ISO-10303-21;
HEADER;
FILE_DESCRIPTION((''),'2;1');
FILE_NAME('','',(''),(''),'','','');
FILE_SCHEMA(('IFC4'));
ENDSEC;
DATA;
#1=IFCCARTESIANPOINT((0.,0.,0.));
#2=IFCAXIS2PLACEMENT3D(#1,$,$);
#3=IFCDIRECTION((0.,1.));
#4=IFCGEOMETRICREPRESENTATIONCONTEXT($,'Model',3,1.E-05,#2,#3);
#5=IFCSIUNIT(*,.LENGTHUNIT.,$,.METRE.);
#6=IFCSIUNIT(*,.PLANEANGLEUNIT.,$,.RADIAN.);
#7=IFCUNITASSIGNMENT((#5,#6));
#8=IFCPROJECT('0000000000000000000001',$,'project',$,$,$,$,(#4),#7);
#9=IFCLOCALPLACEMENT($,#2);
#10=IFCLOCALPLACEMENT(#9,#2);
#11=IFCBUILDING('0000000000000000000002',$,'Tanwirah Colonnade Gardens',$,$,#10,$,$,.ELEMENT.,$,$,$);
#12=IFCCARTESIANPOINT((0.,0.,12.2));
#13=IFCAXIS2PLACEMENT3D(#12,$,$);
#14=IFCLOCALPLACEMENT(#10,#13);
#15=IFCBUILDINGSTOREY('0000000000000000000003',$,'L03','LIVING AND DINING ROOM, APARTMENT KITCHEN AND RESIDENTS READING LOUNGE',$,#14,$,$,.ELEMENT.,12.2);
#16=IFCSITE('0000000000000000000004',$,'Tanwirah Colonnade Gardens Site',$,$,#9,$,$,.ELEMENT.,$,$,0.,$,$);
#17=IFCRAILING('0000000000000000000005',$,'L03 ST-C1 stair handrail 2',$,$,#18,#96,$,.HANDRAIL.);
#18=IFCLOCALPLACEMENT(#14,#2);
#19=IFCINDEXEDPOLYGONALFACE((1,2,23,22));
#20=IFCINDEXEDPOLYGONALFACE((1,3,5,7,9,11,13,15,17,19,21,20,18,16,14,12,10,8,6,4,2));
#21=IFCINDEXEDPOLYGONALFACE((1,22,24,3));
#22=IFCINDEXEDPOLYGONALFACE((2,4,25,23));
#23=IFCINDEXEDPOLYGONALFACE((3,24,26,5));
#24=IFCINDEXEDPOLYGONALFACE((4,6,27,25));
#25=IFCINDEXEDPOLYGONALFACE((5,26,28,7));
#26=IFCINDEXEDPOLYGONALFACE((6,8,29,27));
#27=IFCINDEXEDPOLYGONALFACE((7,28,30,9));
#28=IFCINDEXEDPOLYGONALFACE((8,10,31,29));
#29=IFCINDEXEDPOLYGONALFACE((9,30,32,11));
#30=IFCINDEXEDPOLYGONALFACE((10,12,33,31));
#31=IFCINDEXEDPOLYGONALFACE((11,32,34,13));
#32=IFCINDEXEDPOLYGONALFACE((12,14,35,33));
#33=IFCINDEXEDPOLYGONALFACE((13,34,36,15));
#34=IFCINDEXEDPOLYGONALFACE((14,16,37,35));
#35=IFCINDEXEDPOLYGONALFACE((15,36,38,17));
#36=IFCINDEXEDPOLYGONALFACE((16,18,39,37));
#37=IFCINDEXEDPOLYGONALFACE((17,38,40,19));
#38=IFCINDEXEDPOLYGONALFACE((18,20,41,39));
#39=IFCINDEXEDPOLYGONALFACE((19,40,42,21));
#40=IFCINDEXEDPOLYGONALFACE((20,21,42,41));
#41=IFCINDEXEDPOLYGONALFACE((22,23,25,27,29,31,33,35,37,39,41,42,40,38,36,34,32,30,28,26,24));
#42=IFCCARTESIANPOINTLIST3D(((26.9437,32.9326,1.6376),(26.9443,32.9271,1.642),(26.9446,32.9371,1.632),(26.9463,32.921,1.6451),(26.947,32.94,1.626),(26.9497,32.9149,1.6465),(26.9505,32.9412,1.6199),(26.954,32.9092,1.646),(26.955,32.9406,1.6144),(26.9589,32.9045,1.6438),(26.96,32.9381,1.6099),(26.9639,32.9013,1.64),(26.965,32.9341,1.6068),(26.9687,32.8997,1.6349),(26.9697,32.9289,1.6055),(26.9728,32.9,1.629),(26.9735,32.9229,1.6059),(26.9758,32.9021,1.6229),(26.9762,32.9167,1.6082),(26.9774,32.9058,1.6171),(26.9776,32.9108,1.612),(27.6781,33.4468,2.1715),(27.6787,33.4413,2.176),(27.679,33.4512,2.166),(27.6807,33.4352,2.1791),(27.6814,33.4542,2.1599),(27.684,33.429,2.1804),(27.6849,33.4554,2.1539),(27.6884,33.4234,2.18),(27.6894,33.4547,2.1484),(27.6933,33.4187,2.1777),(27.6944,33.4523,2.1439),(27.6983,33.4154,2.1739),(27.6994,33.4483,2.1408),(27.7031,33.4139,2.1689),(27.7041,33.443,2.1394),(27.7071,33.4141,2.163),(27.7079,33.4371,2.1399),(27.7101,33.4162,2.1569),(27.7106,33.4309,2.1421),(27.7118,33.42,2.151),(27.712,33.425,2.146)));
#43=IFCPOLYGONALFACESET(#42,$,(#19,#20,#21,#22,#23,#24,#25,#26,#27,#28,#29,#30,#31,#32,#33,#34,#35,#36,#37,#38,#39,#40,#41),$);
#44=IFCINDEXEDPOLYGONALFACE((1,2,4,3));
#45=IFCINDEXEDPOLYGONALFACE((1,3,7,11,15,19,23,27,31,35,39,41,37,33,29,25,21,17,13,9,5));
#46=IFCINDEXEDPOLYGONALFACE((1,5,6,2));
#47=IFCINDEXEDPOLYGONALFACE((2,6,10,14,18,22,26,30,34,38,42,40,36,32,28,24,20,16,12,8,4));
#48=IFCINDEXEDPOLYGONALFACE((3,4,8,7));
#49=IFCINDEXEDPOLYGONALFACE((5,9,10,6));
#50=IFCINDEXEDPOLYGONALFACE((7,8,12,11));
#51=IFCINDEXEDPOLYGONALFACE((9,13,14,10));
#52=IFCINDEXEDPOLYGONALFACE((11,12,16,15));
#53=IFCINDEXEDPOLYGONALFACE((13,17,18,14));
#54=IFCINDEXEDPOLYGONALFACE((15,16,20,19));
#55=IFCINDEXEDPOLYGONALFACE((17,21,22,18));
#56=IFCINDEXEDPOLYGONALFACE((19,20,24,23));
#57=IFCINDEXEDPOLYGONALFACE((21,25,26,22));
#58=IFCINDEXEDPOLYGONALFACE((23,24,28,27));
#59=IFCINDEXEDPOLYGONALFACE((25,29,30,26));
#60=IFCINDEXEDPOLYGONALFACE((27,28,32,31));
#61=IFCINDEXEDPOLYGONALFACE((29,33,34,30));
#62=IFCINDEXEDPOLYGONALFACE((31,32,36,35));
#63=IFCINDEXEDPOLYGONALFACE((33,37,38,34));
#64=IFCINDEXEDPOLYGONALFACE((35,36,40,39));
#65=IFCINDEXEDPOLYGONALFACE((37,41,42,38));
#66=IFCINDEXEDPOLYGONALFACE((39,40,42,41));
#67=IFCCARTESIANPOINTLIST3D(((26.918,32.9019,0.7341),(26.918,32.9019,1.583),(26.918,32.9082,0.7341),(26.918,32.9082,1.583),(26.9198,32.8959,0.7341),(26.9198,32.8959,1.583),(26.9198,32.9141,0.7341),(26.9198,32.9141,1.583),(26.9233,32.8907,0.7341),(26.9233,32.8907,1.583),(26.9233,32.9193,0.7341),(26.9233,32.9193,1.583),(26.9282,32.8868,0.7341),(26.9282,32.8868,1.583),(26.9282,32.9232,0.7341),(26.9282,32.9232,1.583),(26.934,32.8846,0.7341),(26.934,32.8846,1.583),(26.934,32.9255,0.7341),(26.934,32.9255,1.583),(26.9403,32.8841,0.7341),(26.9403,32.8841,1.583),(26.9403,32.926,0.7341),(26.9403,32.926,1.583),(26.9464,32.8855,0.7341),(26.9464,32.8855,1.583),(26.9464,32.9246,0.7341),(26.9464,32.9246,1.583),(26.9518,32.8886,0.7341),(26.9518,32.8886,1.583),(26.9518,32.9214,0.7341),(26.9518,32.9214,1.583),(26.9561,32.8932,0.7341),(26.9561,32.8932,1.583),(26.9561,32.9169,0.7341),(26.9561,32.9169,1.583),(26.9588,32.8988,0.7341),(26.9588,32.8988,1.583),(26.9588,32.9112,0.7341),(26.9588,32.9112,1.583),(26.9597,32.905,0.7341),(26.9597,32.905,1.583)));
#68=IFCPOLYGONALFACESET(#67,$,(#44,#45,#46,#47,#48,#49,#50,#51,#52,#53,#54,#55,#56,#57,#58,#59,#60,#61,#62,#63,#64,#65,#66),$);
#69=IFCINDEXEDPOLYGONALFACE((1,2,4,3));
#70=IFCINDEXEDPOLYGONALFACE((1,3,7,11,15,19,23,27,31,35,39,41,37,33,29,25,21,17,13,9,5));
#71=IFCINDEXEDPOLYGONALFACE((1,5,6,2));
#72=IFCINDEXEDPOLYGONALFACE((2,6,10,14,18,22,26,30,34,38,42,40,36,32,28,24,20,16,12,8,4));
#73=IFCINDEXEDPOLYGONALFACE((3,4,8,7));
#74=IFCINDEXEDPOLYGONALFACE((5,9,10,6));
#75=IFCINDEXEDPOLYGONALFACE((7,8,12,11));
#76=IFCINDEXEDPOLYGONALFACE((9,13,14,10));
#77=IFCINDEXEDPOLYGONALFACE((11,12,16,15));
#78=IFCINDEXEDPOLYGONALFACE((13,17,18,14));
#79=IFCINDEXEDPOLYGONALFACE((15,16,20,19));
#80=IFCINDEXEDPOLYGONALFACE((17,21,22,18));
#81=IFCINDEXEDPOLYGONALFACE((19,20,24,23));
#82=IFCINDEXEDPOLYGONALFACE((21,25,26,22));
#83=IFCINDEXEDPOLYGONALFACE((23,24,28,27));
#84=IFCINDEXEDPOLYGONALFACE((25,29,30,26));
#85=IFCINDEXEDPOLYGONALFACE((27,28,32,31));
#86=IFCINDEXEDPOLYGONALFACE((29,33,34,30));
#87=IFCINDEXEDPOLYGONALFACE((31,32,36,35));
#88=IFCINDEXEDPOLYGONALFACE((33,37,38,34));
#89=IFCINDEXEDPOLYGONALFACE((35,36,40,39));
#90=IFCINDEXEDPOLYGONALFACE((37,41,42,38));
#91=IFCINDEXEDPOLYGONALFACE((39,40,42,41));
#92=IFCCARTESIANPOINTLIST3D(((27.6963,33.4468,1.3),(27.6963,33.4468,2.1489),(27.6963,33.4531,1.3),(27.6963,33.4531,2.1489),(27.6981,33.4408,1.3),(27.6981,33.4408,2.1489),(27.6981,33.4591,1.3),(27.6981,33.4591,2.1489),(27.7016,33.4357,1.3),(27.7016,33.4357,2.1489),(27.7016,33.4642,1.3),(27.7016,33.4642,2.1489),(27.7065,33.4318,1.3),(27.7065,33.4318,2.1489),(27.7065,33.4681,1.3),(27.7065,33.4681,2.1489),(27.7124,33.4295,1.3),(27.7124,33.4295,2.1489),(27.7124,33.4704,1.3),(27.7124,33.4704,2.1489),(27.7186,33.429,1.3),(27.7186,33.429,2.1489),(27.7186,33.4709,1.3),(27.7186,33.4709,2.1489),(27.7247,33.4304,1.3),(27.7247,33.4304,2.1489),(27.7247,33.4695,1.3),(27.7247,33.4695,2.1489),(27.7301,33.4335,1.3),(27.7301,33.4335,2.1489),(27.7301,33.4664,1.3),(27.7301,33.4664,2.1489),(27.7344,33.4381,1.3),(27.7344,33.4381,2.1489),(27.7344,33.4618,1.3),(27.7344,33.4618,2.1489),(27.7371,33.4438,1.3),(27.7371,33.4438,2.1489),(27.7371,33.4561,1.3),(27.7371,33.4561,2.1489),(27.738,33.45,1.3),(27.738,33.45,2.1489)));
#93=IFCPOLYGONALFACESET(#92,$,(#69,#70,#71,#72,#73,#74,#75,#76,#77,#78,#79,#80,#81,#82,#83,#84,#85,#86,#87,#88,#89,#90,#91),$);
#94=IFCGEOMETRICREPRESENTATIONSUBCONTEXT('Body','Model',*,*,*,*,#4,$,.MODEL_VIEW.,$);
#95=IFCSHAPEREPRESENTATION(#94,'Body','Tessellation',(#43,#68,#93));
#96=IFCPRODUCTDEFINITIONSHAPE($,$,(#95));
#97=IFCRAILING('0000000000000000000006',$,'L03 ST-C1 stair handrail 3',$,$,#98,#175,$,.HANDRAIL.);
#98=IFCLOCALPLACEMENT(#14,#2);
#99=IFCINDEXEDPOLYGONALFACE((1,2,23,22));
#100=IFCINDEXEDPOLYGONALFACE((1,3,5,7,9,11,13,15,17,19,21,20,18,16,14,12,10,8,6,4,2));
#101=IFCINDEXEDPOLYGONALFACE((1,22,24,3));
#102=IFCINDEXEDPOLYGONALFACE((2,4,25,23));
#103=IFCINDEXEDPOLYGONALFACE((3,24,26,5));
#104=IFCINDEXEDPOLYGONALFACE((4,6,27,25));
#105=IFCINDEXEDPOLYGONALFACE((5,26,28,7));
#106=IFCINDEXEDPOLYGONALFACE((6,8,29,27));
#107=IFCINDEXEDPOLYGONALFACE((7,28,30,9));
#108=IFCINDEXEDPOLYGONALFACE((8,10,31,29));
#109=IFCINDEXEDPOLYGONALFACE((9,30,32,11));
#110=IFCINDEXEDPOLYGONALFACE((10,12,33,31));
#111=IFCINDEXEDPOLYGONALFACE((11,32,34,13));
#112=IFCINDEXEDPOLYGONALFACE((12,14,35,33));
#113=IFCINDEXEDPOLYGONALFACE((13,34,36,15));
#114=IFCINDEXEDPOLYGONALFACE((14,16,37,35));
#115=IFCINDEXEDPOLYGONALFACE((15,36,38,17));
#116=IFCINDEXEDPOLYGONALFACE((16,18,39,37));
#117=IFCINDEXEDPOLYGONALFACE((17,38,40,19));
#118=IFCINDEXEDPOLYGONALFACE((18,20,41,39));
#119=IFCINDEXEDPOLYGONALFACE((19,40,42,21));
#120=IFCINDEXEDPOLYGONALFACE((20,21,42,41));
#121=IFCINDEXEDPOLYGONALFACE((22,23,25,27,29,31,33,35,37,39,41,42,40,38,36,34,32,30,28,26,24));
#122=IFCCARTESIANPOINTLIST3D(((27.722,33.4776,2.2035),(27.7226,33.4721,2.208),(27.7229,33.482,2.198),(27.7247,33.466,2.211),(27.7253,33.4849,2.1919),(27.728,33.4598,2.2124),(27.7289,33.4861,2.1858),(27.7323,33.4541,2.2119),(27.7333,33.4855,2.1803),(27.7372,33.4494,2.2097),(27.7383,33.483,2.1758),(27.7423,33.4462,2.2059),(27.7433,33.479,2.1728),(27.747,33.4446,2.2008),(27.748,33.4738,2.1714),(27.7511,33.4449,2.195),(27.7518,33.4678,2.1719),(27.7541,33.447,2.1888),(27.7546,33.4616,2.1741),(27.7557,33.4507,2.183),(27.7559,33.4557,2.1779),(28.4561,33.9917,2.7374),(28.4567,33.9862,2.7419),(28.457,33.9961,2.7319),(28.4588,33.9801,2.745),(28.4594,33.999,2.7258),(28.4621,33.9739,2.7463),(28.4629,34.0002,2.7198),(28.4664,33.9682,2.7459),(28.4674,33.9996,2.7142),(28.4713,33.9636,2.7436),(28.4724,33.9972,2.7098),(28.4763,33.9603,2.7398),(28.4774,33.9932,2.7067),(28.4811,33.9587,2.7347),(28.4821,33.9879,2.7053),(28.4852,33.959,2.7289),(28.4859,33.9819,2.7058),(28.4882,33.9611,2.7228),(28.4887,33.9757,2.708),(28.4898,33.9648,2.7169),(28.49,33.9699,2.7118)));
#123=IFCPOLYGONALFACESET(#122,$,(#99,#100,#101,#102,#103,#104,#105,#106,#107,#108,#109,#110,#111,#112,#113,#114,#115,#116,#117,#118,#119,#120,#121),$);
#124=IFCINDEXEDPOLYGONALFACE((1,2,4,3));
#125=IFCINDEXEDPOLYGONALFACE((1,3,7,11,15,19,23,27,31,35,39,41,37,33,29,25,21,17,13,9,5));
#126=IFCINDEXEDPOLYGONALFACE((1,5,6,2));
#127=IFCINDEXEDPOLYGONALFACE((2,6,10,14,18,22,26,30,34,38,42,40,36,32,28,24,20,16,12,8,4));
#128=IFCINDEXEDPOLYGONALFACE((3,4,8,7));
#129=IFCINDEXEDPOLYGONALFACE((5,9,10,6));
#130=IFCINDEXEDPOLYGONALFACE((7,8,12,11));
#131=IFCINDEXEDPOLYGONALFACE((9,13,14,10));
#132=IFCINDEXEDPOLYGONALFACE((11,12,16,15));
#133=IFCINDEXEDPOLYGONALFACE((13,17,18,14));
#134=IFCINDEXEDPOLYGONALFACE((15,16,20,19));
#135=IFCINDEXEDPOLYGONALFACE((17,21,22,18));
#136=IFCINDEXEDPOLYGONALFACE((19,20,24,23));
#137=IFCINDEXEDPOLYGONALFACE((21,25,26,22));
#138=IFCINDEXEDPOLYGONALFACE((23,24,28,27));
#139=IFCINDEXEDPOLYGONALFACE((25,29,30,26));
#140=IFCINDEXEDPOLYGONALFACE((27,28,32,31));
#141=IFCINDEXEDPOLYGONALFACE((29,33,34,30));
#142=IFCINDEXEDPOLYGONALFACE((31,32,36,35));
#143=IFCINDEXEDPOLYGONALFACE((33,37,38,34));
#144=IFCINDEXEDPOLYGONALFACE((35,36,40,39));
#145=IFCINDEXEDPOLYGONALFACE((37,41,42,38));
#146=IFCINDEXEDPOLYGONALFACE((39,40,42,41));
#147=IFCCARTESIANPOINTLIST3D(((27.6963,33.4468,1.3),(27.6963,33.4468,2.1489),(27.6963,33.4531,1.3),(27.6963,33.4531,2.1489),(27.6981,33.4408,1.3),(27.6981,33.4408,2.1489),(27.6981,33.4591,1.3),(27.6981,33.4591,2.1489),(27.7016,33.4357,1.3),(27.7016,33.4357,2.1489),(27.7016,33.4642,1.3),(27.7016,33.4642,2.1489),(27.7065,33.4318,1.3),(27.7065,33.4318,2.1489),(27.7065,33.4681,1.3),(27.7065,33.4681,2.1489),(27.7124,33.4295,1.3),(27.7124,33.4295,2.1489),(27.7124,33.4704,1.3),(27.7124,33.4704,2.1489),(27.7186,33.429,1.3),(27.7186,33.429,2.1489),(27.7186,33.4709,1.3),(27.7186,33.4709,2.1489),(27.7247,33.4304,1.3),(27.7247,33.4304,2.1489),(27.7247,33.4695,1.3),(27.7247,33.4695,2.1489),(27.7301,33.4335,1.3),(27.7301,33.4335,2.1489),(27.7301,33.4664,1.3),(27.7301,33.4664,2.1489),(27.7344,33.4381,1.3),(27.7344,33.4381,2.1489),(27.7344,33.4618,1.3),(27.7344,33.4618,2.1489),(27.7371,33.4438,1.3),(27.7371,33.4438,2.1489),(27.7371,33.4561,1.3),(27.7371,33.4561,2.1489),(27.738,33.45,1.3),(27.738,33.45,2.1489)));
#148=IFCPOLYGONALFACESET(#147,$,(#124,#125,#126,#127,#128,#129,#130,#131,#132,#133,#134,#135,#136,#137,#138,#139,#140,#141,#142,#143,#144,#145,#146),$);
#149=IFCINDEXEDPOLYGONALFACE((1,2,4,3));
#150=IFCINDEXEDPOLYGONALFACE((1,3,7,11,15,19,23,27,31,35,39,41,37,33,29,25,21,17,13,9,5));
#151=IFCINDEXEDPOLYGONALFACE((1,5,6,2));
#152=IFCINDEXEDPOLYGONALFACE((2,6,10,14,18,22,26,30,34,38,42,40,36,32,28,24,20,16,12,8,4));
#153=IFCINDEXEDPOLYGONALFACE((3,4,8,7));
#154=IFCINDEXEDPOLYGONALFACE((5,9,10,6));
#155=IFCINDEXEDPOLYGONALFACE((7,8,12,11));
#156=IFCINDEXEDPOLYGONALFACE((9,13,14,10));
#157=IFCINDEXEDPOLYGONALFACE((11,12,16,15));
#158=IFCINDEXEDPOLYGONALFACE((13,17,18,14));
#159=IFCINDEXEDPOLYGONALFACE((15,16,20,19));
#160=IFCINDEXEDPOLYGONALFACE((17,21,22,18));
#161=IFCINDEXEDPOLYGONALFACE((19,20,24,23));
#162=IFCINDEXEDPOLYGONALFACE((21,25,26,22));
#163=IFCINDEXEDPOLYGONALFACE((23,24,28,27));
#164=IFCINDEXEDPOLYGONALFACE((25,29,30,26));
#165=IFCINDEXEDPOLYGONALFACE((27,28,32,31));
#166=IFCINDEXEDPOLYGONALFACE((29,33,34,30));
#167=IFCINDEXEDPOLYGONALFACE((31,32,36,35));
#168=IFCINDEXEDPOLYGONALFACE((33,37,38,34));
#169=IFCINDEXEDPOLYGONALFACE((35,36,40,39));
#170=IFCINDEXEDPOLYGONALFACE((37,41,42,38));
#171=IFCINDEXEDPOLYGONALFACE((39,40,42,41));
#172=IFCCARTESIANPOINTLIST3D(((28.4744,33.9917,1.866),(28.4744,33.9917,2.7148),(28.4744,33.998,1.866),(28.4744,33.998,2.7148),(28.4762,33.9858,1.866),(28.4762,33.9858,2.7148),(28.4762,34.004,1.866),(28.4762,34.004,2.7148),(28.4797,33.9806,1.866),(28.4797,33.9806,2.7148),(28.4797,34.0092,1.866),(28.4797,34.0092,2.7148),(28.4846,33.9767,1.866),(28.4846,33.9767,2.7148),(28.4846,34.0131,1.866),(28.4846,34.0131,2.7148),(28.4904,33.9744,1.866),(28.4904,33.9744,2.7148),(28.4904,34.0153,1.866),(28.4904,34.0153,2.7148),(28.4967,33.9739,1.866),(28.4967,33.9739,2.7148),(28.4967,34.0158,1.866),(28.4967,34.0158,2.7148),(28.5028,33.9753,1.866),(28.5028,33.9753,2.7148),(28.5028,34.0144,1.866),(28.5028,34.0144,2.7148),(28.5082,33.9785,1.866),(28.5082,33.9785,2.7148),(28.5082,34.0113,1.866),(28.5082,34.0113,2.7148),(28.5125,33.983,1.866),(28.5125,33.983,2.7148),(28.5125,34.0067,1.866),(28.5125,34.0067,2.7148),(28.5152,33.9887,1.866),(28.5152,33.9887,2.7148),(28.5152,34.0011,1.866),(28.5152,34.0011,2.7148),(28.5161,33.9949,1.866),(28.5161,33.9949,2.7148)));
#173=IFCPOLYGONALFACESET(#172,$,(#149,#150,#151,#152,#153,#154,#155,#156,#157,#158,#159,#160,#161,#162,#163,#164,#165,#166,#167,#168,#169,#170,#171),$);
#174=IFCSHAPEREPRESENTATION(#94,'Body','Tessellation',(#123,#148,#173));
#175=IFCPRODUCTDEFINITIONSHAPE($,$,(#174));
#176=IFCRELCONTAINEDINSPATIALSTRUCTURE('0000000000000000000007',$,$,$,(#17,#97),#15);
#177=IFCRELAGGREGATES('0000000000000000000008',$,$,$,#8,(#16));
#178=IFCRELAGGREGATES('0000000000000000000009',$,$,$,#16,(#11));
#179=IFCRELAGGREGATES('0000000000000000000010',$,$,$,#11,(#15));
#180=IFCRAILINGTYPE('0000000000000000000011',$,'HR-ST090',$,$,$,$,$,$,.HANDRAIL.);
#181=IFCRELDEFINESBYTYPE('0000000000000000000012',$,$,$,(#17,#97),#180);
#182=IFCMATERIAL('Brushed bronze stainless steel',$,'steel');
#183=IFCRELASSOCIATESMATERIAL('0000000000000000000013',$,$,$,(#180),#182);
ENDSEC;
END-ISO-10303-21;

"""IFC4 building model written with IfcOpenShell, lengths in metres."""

from ifc_helpers import new_model, si_unit, direction, frame, origin, origin_2d, place, context, subcontext, project, spatial, circle, extrude, material, type_object, element, save


model = new_model("IFC4")

# Units and contexts
model_context = context("Model", 3, precision=1e-05, world=origin(), true_north=direction((0.0, 1.0)))
body_context = subcontext(model_context, "Body", "Model", "MODEL_VIEW")
ifc_project = project(units=[si_unit("LENGTHUNIT", "METRE"), si_unit("PLANEANGLEUNIT", "RADIAN")], contexts=[model_context])

# Site, building, storey
site_placement = place(None, origin())
site = spatial("IfcSite", under=ifc_project, at=site_placement, Name="Tanwirah Colonnade Gardens Site", CompositionType="ELEMENT", RefElevation=0.0)
building_placement = place(site_placement, origin())
building = spatial("IfcBuilding", under=site, at=building_placement, Name="Tanwirah Colonnade Gardens", CompositionType="ELEMENT")
storey_placement = place(building_placement, frame((0.0, 0.0, 12.2)))
storey = spatial("IfcBuildingStorey", under=building, at=storey_placement, Name="L03", Description="LIVING AND DINING ROOM, APARTMENT KITCHEN AND RESIDENTS READING LOUNGE", CompositionType="ELEMENT", Elevation=12.2)

# Railings
ifc_material_1 = material(Name="Brushed bronze stainless steel", Category="steel")
railing_type_1 = type_object("IfcRailingType", Name="HR-ST090", PredefinedType="HANDRAIL", material=ifc_material_1)
railing_1_placement = place(storey_placement, frame((26.9387, 32.905, 0.7341)))
element("IfcRailing", 1, at=railing_1_placement, inside=storey, type_object=railing_type_1, Name="L03 ST-C1 stair handrail 2", PredefinedType="HANDRAIL", context=body_context, shape_type="SweptSolid", body=[
    extrude(circle(Radius=0.0239, at=origin_2d()), frame((0.022, 0.0154, 0.8918), z_axis=(0.703797, 0.492747, 0.511732), x_axis=(-0.573531, 0.819184, 0.0)), (0.0, 0.0, 1.0), 1.0435),
    extrude(circle(Radius=0.021, at=origin_2d()), origin(), (0.0, 0.0, 1.0), 0.8489),
    extrude(circle(Radius=0.021, at=origin_2d()), frame((0.7783, 0.5449, 0.5659)), (0.0, 0.0, 1.0), 0.8489),
])
railing_2_placement = place(storey_placement, frame((27.717, 33.45, 1.3)))
element("IfcRailing", 2, at=railing_2_placement, inside=storey, type_object=railing_type_1, Name="L03 ST-C1 stair handrail 3", PredefinedType="HANDRAIL", context=body_context, shape_type="SweptSolid", body=[
    extrude(circle(Radius=0.0239, at=origin_2d()), frame((0.022, 0.0154, 0.8918), z_axis=(0.703686, 0.492823, 0.511812), x_axis=(-0.573652, 0.819099, 0.0)), (0.0, 0.0, 1.0), 1.0432),
    extrude(circle(Radius=0.021, at=origin_2d()), origin(), (0.0, 0.0, 1.0), 0.8489),
    extrude(circle(Radius=0.021, at=origin_2d()), frame((0.7781, 0.5449, 0.5659)), (0.0, 0.0, 1.0), 0.8489),
])

save(model, "model.ifc")
